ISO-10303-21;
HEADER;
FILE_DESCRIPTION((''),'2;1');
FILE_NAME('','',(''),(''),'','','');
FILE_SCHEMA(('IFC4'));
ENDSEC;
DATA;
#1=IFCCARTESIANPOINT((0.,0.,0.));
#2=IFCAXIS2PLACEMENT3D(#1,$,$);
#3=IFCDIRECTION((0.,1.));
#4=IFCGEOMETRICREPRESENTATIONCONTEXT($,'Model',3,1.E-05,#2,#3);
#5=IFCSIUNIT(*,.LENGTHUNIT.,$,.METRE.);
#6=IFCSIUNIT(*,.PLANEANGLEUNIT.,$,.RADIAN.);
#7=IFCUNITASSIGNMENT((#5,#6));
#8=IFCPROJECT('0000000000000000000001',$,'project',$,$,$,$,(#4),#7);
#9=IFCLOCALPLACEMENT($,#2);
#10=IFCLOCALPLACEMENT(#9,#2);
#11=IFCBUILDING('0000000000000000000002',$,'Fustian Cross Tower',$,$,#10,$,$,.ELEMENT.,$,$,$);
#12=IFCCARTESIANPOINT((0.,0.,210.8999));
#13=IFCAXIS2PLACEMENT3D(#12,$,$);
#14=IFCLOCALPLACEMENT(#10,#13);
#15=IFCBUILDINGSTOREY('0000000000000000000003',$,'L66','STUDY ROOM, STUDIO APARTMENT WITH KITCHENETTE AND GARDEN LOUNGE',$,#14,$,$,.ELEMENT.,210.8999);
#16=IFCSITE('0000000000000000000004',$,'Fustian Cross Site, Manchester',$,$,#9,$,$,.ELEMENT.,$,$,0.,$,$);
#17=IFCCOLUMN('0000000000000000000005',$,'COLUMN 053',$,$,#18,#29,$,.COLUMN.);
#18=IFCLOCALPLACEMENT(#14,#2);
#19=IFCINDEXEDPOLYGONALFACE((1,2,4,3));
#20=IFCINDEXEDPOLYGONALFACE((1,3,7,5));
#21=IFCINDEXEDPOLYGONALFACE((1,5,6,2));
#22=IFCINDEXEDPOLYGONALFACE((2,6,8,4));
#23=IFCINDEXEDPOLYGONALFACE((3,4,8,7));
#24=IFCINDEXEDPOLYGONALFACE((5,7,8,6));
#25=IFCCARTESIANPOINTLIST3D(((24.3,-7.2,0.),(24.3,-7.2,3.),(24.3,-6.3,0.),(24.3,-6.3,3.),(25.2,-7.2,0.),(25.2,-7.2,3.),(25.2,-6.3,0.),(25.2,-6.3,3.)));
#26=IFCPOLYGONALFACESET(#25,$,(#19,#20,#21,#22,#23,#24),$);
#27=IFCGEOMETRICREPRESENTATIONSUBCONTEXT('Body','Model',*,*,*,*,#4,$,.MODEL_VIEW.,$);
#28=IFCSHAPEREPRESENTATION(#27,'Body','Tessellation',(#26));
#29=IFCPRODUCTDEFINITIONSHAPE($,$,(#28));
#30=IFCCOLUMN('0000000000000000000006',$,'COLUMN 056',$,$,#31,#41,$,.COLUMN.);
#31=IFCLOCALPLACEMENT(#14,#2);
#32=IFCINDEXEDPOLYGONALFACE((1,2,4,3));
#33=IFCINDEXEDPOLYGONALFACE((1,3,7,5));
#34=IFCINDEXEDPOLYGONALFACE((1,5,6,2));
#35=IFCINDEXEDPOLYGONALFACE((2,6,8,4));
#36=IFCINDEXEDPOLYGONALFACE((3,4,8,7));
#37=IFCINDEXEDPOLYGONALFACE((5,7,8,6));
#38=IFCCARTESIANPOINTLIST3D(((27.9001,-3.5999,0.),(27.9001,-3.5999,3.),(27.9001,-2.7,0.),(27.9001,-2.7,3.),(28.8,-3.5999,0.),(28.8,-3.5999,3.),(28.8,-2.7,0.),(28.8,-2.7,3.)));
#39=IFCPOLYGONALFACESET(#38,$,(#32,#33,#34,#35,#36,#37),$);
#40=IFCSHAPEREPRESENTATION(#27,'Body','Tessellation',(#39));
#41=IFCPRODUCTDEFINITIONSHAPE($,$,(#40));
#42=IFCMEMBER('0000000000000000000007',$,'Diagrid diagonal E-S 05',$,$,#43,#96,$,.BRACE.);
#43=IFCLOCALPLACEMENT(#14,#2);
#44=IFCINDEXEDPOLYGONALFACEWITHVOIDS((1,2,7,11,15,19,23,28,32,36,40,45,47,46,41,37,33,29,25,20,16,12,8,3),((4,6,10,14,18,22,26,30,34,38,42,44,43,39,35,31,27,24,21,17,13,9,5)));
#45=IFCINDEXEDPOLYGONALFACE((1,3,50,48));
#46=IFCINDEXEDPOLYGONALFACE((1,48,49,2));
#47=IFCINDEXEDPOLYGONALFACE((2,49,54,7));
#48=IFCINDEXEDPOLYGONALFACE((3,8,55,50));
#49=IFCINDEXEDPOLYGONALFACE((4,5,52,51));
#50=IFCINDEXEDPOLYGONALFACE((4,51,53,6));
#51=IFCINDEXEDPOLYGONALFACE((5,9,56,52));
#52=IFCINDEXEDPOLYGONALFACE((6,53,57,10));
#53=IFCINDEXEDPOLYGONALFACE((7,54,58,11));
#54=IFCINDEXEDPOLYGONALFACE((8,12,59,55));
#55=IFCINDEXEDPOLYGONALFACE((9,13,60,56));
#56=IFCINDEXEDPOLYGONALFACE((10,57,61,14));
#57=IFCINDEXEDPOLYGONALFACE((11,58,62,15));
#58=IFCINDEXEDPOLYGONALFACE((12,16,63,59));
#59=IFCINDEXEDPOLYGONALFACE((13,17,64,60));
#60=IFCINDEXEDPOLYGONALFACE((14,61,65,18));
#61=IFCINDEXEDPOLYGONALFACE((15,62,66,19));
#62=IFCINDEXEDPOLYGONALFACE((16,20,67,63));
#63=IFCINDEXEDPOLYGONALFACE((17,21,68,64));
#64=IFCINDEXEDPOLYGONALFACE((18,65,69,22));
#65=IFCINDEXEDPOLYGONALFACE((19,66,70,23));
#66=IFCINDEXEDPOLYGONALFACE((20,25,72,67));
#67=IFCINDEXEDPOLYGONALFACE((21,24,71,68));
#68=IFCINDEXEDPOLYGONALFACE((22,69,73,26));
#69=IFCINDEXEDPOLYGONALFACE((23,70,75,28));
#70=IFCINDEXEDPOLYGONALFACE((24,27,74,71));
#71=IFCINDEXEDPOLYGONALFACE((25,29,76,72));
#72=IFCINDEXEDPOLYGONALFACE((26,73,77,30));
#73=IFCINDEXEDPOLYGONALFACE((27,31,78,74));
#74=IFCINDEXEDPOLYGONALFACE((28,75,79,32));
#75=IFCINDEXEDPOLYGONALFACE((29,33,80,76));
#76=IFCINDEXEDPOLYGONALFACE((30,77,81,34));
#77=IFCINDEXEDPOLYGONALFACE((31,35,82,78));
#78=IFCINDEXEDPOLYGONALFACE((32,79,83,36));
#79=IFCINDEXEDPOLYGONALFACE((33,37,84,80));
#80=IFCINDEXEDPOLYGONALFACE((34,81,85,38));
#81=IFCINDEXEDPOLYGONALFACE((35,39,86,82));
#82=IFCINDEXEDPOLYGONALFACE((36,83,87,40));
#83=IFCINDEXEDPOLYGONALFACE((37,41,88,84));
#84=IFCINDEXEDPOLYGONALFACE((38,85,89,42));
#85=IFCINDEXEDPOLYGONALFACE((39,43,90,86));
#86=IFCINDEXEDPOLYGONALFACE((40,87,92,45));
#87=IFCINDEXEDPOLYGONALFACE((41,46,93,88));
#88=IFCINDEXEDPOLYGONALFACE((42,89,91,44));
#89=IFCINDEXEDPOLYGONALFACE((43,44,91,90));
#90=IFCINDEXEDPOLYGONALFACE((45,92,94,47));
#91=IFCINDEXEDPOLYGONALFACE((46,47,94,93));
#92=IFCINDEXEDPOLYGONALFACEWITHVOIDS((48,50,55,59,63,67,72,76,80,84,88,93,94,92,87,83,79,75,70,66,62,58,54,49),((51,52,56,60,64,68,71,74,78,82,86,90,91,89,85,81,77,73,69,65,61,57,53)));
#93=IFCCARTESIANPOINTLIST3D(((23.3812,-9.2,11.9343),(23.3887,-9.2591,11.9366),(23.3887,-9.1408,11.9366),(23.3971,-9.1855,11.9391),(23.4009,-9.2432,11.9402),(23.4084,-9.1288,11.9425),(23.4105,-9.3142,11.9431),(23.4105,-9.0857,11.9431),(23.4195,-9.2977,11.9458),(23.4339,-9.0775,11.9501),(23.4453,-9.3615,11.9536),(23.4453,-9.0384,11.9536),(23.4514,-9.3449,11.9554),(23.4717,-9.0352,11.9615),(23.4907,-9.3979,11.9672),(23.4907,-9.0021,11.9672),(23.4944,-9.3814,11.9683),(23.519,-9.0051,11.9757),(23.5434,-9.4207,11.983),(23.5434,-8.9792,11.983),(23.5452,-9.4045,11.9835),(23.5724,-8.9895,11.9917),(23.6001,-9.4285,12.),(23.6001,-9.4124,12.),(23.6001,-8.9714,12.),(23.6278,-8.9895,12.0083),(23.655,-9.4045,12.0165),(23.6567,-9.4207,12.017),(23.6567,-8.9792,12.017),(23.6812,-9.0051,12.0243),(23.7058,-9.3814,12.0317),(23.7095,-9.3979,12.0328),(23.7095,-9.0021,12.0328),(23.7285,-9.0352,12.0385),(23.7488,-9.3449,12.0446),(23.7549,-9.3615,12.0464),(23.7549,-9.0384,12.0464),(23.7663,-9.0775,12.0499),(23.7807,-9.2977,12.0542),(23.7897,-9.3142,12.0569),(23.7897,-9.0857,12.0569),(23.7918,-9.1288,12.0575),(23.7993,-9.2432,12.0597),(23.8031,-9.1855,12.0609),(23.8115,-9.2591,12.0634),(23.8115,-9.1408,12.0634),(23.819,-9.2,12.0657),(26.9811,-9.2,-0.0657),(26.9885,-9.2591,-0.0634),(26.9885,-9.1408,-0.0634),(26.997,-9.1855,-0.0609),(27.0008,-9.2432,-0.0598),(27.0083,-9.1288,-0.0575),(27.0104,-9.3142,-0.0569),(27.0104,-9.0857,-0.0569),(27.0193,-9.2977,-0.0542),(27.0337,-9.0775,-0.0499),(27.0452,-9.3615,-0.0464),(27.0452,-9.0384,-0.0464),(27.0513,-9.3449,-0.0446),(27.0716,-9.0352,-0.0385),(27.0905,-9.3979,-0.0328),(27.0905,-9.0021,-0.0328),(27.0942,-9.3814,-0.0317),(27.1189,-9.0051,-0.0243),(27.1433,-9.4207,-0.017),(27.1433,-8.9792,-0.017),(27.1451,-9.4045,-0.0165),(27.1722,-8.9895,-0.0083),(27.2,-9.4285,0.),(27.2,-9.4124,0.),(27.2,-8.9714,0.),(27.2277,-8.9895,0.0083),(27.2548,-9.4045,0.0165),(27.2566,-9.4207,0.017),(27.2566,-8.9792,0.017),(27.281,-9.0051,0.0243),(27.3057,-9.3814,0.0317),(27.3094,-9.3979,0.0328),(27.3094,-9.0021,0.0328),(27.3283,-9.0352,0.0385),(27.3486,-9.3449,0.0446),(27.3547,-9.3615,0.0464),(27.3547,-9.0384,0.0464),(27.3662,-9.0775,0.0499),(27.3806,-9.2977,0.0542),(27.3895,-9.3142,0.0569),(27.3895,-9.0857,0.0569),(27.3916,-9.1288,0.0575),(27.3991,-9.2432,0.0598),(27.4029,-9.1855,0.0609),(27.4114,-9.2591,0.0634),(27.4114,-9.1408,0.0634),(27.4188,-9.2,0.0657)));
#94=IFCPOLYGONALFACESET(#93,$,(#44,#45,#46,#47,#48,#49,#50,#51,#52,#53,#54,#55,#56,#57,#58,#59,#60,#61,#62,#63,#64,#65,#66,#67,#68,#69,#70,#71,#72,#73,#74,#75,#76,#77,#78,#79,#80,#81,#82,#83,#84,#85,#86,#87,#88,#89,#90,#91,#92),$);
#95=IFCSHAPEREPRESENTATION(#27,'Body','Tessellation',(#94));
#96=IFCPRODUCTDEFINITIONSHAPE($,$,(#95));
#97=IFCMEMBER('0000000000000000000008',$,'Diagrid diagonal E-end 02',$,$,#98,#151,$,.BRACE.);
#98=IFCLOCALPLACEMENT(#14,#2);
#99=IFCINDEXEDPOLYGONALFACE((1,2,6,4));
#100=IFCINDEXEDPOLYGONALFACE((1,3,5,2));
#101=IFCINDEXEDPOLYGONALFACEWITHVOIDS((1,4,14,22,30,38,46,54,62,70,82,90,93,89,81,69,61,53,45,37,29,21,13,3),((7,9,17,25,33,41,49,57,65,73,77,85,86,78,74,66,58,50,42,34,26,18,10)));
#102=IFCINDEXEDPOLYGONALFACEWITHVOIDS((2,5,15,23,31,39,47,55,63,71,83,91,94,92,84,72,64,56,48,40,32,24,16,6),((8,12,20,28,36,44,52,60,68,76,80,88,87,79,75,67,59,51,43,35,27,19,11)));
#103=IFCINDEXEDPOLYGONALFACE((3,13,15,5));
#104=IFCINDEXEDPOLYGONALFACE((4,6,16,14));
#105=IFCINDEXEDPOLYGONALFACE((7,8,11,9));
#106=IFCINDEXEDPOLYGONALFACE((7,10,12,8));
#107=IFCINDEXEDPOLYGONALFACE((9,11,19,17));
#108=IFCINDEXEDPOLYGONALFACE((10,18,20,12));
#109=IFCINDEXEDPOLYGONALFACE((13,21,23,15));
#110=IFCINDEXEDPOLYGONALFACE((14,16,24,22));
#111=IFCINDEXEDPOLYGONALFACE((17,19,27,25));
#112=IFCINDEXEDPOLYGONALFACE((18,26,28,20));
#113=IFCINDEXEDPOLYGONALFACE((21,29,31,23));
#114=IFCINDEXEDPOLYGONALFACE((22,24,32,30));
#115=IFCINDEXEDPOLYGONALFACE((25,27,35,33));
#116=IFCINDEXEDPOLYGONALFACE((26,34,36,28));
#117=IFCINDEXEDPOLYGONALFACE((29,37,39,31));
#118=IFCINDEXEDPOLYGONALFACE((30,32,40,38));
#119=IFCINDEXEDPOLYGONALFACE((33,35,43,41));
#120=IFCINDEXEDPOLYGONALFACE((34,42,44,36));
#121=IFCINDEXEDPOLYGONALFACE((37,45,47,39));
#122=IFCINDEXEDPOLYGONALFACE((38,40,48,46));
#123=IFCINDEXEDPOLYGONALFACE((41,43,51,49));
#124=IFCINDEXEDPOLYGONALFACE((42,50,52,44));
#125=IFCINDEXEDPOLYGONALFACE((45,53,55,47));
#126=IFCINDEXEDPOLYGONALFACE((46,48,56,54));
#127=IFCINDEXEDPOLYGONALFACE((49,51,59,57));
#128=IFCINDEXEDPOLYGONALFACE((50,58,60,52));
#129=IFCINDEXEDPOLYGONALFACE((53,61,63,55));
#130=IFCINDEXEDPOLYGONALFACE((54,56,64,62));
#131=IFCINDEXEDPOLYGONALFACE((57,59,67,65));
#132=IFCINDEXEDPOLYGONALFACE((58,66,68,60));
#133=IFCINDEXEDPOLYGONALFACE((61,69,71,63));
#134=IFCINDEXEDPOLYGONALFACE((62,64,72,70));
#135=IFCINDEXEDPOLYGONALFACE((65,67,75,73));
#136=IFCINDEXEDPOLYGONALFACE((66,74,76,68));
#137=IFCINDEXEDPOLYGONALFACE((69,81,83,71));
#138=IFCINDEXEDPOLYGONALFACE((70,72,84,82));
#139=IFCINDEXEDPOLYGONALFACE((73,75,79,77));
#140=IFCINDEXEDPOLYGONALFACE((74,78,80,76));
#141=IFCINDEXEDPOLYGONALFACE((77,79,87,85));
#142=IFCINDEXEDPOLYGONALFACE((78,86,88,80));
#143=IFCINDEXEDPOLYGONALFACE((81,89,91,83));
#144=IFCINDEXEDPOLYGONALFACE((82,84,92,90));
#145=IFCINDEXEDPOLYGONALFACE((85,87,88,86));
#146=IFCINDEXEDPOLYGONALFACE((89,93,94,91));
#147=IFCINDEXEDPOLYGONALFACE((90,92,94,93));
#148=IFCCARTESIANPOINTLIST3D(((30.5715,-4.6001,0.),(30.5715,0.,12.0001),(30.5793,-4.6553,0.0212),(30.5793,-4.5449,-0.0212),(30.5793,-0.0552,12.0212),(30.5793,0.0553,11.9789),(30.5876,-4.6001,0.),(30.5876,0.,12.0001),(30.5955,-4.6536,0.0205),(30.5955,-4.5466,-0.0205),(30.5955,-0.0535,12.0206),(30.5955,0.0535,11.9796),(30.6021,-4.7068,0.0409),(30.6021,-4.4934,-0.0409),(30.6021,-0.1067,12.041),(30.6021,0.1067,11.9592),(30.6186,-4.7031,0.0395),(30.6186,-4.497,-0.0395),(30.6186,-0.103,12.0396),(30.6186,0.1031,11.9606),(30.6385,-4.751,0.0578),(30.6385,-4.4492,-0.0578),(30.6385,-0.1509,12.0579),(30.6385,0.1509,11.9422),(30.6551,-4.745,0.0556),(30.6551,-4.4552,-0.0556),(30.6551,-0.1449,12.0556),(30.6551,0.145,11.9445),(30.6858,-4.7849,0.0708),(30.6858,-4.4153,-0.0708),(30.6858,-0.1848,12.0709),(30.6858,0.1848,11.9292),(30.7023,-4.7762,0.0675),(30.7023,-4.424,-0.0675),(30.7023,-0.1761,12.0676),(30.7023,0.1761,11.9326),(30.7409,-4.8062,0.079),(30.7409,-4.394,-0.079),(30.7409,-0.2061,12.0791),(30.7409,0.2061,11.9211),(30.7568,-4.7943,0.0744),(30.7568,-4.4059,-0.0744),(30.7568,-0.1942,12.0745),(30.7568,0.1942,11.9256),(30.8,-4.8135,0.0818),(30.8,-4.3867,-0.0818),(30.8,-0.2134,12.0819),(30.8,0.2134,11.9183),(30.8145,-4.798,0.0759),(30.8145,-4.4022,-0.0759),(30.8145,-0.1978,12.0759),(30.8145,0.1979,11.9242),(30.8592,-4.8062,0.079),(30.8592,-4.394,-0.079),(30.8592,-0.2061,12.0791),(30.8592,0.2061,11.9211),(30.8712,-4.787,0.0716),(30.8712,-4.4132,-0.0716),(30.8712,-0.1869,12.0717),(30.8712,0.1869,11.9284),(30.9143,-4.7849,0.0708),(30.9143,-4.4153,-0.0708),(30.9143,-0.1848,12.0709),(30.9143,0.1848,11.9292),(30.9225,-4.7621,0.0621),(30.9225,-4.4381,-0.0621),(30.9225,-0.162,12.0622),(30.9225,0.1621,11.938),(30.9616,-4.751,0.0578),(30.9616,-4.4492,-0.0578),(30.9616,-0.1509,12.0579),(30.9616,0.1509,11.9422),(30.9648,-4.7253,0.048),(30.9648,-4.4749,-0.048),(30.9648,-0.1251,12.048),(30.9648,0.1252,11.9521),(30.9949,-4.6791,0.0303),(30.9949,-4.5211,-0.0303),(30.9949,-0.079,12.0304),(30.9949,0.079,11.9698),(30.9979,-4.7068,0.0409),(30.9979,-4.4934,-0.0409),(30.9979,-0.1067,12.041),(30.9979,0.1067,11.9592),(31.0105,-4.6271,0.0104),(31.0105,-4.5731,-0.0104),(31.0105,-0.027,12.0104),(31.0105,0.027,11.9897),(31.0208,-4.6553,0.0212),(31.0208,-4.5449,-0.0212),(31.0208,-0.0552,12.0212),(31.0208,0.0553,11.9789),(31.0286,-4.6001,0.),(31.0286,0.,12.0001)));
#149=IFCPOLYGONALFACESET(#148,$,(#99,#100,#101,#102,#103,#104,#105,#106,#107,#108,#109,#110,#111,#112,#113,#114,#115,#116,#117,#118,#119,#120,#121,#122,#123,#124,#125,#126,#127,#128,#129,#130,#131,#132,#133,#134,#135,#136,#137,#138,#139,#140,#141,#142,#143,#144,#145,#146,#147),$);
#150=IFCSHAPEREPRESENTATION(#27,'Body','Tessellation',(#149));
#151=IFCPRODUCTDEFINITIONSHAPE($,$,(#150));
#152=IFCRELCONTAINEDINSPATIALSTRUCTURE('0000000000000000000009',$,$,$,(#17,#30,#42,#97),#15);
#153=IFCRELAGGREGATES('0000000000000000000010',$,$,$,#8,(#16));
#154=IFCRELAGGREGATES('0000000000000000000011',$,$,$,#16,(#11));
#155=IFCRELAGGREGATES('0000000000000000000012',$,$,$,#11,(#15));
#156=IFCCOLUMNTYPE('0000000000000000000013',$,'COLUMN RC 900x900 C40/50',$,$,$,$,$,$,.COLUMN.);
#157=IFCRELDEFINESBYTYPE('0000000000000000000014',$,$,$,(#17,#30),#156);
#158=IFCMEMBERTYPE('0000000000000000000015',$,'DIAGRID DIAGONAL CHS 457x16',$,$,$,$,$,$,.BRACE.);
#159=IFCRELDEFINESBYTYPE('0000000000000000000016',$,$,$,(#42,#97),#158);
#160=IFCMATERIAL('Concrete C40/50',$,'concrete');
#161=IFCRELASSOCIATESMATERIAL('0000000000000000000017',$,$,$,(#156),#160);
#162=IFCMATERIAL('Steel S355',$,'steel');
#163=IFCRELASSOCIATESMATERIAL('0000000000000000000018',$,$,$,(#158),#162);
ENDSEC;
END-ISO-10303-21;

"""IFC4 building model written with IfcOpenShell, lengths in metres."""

from ifc_helpers import new_model, si_unit, direction, frame, origin, origin_2d, place, context, subcontext, project, spatial, rectangle, hollow_circle, extrude, material, material_profile, profile_set, type_object, element, save


model = new_model("IFC4")

# Units and contexts
model_context = context("Model", 3, precision=1e-05, world=origin(), true_north=direction((0.0, 1.0)))
body_context = subcontext(model_context, "Body", "Model", "MODEL_VIEW")
ifc_project = project(units=[si_unit("LENGTHUNIT", "METRE"), si_unit("PLANEANGLEUNIT", "RADIAN")], contexts=[model_context])

# Site, building, storey
site_placement = place(None, origin())
site = spatial("IfcSite", under=ifc_project, at=site_placement, Name="Fustian Cross Site, Manchester", CompositionType="ELEMENT", RefElevation=0.0)
building_placement = place(site_placement, origin())
building = spatial("IfcBuilding", under=site, at=building_placement, Name="Fustian Cross Tower", CompositionType="ELEMENT")
storey_placement = place(building_placement, frame((0.0, 0.0, 210.8999)))
storey = spatial("IfcBuildingStorey", under=building, at=storey_placement, Name="L66", Description="STUDY ROOM, STUDIO APARTMENT WITH KITCHENETTE AND GARDEN LOUNGE", CompositionType="ELEMENT", Elevation=210.8999)

# Columns
ifc_material_1 = material(Name="Concrete C40/50", Category="concrete")
ifc_material_profile_1 = material_profile(ifc_material_1, rectangle(XDim=0.8999, YDim=0.8999, at=origin_2d()), Name="RC 900x900")
ifc_profile_set_1 = profile_set([ifc_material_profile_1], Name="Concrete C40/50")
column_type = type_object("IfcColumnType", Name="COLUMN RC 900x900 C40/50", PredefinedType="COLUMN", material=ifc_profile_set_1)
for number, where, z_axis, x_axis, name in (
    (1, (24.75, -6.75, 0.0), (0.0, 0.0, 1.0), (1.0, 0.0, 0.0), "COLUMN 053"),
    (2, (28.3501, -3.1499, 0.0), (0.0, 0.0, 1.0), (1.0, 0.0, 0.0), "COLUMN 056"),
):
    element("IfcColumn", number, at=place(storey_placement, frame(where, z_axis=z_axis, x_axis=x_axis)), inside=storey, type_object=column_type, Name=name, PredefinedType="COLUMN", context=body_context, shape_type="SweptSolid", body=[
        extrude(rectangle(XDim=0.8999, YDim=0.8999, at=origin_2d()), origin(), (0.0, 0.0, 1.0), 3.0),
    ])

# Members
ifc_material_2 = material(Name="Steel S355", Category="steel")
ifc_material_profile_2 = material_profile(ifc_material_2, hollow_circle(Radius=0.2285, WallThickness=0.0161, at=origin_2d()), Name="CHS 457x16")
ifc_profile_set_2 = profile_set([ifc_material_profile_2], Name="Steel S355")
member_type_1 = type_object("IfcMemberType", Name="DIAGRID DIAGONAL CHS 457x16", PredefinedType="BRACE", material=ifc_profile_set_2)
member_1_placement = place(storey_placement, frame((27.2, -9.2, 0.0), z_axis=(-0.287337, 0.0, 0.95783), x_axis=(0.0, -1.0, 0.0)))
element("IfcMember", 3, at=member_1_placement, inside=storey, type_object=member_type_1, Name="Diagrid diagonal E-S 05", PredefinedType="BRACE", context=body_context, shape_type="SweptSolid", body=[
    extrude(hollow_circle(Radius=0.2285, WallThickness=0.0161, at=origin_2d()), origin(), (0.0, 0.0, 1.0), 12.5283),
])
member_2_placement = place(storey_placement, frame((30.8, -4.6001, 0.0), z_axis=(0.0, 0.357943, 0.933744), x_axis=(-1.0, 0.0, 0.0)))
element("IfcMember", 4, at=member_2_placement, inside=storey, type_object=member_type_1, Name="Diagrid diagonal E-end 02", PredefinedType="BRACE", context=body_context, shape_type="SweptSolid", body=[
    extrude(hollow_circle(Radius=0.2285, WallThickness=0.0161, at=origin_2d()), origin(), (0.0, 0.0, 1.0), 12.8516),
])

save(model, "model.ifc")
